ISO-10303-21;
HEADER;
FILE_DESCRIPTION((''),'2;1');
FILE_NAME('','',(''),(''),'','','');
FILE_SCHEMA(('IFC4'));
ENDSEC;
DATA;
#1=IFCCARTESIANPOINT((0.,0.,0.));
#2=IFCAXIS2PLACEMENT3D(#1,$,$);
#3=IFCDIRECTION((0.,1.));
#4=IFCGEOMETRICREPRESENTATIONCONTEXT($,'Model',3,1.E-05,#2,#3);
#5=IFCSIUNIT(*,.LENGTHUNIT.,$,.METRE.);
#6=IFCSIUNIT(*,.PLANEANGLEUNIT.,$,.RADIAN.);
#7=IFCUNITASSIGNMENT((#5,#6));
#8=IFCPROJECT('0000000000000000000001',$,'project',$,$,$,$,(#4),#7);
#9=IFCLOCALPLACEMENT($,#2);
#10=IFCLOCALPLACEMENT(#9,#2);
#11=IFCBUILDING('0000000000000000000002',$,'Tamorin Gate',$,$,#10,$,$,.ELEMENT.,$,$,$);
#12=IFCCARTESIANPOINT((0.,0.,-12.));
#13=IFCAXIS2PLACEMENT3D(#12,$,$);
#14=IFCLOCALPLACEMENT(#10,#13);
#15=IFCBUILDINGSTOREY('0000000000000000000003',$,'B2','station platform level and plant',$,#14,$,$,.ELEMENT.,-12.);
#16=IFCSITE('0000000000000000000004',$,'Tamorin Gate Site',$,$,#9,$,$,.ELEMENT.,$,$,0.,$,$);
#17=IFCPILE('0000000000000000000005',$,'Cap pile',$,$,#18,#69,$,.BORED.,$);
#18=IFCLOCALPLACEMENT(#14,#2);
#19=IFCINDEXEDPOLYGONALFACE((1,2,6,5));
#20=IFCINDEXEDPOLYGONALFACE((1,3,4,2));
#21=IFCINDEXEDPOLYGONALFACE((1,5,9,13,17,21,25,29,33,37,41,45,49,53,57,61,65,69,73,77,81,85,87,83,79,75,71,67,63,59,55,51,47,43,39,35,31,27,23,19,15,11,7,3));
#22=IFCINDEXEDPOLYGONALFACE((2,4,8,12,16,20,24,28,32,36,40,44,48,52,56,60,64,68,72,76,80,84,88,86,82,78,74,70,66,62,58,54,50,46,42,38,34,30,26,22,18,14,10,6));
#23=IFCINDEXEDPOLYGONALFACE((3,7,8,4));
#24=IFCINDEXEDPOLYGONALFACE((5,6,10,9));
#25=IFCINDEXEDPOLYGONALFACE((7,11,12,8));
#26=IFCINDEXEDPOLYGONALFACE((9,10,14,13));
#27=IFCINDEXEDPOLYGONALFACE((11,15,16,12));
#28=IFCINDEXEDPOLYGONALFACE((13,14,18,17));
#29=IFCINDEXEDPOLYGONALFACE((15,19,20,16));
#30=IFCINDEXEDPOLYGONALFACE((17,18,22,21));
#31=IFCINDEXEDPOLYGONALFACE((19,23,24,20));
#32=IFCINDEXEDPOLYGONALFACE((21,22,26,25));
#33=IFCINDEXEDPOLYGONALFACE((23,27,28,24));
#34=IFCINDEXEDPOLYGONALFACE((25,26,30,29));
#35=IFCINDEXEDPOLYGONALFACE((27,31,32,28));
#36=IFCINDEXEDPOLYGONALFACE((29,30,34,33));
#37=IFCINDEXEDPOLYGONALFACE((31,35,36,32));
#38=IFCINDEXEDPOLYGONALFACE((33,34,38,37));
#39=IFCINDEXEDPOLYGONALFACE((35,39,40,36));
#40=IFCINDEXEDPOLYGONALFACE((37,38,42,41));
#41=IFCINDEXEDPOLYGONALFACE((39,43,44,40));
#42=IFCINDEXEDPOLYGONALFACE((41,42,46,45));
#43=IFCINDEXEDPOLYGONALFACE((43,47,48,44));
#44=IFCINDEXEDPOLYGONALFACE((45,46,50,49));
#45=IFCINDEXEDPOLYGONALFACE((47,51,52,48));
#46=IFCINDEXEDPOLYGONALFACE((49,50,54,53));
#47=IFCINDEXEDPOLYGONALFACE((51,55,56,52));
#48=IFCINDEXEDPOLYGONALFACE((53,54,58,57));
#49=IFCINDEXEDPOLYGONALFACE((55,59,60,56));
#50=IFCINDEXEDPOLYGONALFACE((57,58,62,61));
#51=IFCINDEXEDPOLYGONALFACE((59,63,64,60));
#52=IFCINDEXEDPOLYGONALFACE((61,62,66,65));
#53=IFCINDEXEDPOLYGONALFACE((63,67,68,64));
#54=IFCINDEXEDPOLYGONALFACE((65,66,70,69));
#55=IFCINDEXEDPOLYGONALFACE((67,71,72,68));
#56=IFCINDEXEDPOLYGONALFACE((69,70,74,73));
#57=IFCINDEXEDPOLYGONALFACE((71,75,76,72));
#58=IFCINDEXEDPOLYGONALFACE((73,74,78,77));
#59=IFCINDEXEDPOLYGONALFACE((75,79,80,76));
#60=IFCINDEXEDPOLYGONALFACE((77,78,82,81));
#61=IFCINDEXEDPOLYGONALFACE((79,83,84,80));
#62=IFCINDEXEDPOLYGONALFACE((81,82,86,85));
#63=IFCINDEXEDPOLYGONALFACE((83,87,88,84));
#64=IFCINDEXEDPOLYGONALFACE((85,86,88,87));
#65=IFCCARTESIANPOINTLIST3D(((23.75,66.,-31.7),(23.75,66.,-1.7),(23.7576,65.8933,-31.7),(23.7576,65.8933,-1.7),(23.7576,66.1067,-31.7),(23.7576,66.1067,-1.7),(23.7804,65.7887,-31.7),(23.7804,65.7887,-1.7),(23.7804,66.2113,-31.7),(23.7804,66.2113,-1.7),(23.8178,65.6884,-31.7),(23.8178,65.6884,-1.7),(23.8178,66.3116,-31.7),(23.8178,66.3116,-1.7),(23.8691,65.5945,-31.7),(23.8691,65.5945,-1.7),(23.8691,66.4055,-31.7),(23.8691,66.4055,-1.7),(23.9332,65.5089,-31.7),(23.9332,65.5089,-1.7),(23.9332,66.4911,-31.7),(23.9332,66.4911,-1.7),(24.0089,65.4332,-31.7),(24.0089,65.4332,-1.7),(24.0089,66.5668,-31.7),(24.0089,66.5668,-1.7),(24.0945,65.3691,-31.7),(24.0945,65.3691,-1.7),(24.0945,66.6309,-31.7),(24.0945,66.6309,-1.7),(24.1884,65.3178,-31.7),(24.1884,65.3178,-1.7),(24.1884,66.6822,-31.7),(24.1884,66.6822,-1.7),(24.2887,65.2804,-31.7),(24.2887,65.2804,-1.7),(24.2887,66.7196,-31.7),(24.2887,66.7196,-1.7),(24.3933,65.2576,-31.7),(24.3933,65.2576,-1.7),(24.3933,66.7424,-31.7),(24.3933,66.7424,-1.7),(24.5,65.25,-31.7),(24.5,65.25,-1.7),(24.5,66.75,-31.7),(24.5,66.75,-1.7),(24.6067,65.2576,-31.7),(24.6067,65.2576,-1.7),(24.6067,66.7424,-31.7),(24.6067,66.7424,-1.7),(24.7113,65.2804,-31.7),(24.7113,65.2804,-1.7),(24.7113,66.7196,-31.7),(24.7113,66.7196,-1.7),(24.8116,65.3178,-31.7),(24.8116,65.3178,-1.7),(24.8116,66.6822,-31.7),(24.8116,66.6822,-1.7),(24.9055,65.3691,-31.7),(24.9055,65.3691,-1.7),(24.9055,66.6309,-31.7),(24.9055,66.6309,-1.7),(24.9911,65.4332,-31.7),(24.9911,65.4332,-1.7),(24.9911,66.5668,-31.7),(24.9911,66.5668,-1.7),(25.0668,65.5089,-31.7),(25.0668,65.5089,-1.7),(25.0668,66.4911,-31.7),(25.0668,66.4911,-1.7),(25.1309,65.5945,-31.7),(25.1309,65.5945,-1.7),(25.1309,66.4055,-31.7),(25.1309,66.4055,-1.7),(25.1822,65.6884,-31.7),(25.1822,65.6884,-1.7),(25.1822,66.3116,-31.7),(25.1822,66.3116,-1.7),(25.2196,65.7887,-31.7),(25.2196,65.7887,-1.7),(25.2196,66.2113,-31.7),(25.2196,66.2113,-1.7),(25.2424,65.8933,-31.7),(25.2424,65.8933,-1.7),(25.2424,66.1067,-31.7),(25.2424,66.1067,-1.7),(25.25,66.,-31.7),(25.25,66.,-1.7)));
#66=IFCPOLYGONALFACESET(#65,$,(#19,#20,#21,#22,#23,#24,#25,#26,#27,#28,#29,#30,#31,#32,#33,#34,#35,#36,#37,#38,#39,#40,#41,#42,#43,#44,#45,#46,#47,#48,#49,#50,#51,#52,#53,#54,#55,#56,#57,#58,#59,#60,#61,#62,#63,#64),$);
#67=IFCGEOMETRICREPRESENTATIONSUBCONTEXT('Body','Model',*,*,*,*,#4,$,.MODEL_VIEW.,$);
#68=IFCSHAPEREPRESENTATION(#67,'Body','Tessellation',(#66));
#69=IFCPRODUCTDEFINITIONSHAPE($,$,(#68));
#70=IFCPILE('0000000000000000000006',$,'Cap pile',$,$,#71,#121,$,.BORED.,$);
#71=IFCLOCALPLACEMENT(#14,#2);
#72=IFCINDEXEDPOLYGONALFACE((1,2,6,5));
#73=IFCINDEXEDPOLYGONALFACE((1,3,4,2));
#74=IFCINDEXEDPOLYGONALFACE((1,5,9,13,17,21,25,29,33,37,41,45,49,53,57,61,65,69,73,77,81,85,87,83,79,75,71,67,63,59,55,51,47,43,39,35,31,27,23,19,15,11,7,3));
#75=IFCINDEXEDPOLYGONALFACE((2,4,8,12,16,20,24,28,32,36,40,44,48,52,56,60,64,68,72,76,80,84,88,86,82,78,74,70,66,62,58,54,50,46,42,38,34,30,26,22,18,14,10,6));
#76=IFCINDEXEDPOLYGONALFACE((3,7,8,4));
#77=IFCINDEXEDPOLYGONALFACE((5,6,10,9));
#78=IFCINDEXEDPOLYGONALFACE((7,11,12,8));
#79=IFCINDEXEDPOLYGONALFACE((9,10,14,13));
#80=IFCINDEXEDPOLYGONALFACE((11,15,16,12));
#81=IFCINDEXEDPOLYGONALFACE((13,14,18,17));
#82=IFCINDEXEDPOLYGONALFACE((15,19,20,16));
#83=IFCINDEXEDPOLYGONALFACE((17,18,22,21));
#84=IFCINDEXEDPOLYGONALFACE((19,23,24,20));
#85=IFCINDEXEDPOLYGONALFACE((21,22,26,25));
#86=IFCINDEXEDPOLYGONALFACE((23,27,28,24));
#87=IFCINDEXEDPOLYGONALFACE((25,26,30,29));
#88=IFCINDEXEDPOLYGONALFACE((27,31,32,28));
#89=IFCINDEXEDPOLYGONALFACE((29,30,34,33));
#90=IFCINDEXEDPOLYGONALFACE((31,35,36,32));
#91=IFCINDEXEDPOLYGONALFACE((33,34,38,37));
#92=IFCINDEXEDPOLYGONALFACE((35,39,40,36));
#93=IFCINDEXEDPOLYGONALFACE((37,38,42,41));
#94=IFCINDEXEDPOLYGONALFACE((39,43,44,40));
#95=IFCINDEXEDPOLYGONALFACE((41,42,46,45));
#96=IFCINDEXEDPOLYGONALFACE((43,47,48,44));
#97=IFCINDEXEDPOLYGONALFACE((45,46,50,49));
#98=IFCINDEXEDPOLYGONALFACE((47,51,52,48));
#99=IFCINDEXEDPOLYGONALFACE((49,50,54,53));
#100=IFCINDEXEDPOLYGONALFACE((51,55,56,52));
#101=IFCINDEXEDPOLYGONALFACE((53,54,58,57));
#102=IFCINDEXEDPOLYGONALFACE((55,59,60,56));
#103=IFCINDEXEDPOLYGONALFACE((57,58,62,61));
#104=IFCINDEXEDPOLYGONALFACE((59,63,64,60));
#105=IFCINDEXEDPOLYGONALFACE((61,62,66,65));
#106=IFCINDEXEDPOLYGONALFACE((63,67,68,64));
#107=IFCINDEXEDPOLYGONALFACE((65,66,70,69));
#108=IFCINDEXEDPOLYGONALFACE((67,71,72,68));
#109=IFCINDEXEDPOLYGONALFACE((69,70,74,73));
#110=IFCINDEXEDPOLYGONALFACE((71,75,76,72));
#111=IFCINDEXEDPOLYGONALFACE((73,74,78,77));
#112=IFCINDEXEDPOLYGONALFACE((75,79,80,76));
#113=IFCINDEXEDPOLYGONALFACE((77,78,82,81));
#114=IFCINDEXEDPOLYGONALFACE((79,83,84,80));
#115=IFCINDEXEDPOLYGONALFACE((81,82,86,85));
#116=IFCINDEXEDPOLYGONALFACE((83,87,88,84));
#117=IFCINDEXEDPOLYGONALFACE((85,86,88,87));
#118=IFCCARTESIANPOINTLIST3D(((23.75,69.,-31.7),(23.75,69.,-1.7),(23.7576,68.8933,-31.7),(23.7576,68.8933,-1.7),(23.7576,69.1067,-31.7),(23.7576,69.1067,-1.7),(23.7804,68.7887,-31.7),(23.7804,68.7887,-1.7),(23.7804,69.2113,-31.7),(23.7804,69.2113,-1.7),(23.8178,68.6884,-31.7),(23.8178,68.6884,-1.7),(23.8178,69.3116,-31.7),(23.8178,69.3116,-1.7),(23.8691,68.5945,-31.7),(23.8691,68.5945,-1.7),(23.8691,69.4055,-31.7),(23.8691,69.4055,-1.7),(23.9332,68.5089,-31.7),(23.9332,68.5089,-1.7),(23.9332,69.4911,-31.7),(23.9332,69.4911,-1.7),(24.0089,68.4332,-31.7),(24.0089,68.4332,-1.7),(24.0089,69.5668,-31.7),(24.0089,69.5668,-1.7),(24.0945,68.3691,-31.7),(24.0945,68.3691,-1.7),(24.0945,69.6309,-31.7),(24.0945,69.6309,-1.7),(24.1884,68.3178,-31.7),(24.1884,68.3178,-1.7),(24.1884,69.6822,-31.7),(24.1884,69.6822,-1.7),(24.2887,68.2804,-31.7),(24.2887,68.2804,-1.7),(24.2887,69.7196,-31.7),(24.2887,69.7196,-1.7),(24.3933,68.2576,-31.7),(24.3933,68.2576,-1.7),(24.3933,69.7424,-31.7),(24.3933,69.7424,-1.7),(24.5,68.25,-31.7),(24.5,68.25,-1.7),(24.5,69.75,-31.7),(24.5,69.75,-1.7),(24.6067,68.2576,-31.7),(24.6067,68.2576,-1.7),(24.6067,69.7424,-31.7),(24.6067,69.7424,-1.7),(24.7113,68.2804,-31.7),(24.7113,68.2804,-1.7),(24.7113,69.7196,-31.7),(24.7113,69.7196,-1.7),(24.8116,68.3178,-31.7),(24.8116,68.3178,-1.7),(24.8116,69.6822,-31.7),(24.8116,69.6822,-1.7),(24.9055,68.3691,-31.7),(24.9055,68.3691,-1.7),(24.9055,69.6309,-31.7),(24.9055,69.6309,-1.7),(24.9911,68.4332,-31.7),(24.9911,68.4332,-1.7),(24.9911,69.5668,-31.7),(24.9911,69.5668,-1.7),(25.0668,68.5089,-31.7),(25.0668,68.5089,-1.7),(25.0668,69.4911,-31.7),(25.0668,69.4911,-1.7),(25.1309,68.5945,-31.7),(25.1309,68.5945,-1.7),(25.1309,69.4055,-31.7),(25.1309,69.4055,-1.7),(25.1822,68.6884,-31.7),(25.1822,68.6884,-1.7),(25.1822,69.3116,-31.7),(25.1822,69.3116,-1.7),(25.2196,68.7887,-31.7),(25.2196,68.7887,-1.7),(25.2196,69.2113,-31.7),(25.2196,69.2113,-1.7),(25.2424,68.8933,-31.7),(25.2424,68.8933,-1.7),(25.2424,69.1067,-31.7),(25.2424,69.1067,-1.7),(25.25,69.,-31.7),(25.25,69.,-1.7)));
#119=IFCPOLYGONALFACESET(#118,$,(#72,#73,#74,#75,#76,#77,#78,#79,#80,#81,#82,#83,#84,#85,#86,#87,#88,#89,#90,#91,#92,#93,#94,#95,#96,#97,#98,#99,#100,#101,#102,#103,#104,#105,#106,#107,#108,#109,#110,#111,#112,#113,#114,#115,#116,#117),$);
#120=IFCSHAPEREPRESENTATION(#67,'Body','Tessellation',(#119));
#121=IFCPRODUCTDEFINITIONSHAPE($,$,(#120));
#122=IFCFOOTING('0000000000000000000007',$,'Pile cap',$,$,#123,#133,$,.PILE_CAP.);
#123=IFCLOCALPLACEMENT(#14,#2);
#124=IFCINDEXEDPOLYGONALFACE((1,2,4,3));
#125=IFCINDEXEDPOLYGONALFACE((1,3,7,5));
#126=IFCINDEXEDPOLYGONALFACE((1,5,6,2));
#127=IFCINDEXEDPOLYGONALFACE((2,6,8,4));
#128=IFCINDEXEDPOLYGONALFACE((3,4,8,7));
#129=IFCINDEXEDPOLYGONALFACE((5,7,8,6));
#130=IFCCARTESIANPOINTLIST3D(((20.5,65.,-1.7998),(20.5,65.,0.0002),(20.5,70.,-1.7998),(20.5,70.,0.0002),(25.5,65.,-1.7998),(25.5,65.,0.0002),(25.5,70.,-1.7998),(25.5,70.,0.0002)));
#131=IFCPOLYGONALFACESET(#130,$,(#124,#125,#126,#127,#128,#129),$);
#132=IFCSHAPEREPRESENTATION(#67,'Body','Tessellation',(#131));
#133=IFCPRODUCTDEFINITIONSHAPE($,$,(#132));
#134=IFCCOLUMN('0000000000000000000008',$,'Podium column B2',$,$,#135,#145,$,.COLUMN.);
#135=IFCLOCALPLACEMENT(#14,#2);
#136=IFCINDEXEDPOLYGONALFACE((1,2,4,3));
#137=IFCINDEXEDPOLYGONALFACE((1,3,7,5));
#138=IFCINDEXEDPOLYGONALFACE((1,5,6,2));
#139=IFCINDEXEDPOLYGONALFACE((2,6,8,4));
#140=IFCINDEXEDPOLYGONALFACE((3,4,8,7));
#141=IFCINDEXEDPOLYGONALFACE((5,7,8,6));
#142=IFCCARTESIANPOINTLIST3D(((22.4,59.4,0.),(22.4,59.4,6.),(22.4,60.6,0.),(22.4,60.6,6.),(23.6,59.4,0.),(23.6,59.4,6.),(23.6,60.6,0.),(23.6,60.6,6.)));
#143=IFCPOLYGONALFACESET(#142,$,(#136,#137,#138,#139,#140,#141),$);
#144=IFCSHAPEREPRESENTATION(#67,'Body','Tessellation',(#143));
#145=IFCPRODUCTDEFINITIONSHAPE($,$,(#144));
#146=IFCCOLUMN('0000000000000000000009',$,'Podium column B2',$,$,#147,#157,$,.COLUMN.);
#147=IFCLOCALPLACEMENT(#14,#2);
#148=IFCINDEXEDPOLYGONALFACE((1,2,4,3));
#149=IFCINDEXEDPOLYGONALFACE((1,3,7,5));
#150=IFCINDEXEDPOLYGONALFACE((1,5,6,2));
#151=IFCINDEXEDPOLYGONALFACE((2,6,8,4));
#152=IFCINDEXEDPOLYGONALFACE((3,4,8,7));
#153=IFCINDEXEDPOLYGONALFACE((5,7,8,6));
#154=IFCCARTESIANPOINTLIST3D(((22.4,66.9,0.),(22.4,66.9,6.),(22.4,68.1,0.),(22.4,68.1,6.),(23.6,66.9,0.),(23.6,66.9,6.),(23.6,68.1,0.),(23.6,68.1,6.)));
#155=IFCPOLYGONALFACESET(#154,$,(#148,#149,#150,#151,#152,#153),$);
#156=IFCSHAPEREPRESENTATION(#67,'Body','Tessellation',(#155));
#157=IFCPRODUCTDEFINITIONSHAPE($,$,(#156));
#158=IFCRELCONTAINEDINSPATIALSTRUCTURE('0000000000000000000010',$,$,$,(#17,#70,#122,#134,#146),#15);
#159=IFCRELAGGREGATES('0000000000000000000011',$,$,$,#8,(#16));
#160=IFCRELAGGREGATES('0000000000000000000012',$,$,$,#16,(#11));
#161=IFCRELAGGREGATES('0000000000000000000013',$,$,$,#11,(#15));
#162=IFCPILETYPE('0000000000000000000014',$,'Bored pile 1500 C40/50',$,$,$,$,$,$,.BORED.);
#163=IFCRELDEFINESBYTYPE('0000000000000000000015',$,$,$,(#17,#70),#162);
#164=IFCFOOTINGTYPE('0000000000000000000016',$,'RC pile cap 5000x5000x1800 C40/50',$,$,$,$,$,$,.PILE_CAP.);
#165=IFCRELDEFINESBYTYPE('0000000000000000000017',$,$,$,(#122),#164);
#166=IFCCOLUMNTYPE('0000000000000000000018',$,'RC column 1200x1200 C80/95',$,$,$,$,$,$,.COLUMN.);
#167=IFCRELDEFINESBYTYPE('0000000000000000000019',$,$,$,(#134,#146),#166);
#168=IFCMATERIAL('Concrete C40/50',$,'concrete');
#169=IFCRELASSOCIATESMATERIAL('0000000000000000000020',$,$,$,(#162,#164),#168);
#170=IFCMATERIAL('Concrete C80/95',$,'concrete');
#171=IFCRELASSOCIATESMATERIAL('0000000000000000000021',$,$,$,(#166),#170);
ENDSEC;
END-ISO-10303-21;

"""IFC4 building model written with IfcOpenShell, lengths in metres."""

from ifc_helpers import new_model, si_unit, direction, frame, origin, origin_2d, place, context, subcontext, project, spatial, rectangle, circle, extrude, material, material_profile, profile_set, type_object, element, save


model = new_model("IFC4")

# Units and contexts
model_context = context("Model", 3, precision=1e-05, world=origin(), true_north=direction((0.0, 1.0)))
body_context = subcontext(model_context, "Body", "Model", "MODEL_VIEW")
ifc_project = project(units=[si_unit("LENGTHUNIT", "METRE"), si_unit("PLANEANGLEUNIT", "RADIAN")], contexts=[model_context])

# Site, building, storey
site_placement = place(None, origin())
site = spatial("IfcSite", under=ifc_project, at=site_placement, Name="Tamorin Gate Site", CompositionType="ELEMENT", RefElevation=0.0)
building_placement = place(site_placement, origin())
building = spatial("IfcBuilding", under=site, at=building_placement, Name="Tamorin Gate", CompositionType="ELEMENT")
storey_placement = place(building_placement, frame((0.0, 0.0, -12.0)))
storey = spatial("IfcBuildingStorey", under=building, at=storey_placement, Name="B2", Description="station platform level and plant", CompositionType="ELEMENT", Elevation=-12.0)

# Piles
ifc_material_1 = material(Name="Concrete C40/50", Category="concrete")
ifc_material_profile_1 = material_profile(ifc_material_1, circle(Radius=0.75, at=origin_2d()))
ifc_profile_set_1 = profile_set([ifc_material_profile_1], Name="Concrete C40/50")
pile_type = type_object("IfcPileType", Name="Bored pile 1500 C40/50", PredefinedType="BORED", material=ifc_profile_set_1)
for number, where, z_axis, x_axis, name in (
    (1, (24.5, 66.0, -1.7), (0.0, 0.0, -1.0), (1.0, 0.0, 0.0), "Cap pile"),
    (2, (24.5, 69.0, -1.7), (0.0, 0.0, -1.0), (1.0, 0.0, 0.0), "Cap pile"),
):
    element("IfcPile", number, at=place(storey_placement, frame(where, z_axis=z_axis, x_axis=x_axis)), inside=storey, type_object=pile_type, Name=name, PredefinedType="BORED", context=body_context, shape_type="SweptSolid", body=[
        extrude(circle(Radius=0.75, at=origin_2d()), origin(), (0.0, 0.0, 1.0), 30.0),
    ])

# Footing
footing_type = type_object("IfcFootingType", Name="RC pile cap 5000x5000x1800 C40/50", PredefinedType="PILE_CAP", material=ifc_material_1)
footing_placement = place(storey_placement, frame((23.0, 67.5, -1.7998), z_axis=(0.0, 0.0, 1.0), x_axis=(1.0, 0.0, 0.0)))
element("IfcFooting", 3, at=footing_placement, inside=storey, type_object=footing_type, Name="Pile cap", PredefinedType="PILE_CAP", context=body_context, shape_type="SweptSolid", body=[
    extrude(rectangle(XDim=5.0, YDim=5.0, at=origin_2d()), origin(), (0.0, 0.0, 1.0), 1.8),
])

# Columns
ifc_material_2 = material(Name="Concrete C80/95", Category="concrete")
ifc_material_profile_2 = material_profile(ifc_material_2, rectangle(XDim=1.2, YDim=1.2, at=origin_2d()), Name="RC 1200x1200")
ifc_profile_set_2 = profile_set([ifc_material_profile_2], Name="Concrete C80/95")
column_type = type_object("IfcColumnType", Name="RC column 1200x1200 C80/95", PredefinedType="COLUMN", material=ifc_profile_set_2)
for number, where, z_axis, x_axis, name in (
    (4, (23.0, 60.0, 0.0), (0.0, 0.0, 1.0), (1.0, 0.0, 0.0), "Podium column B2"),
    (5, (23.0, 67.5, 0.0), (0.0, 0.0, 1.0), (1.0, 0.0, 0.0), "Podium column B2"),
):
    element("IfcColumn", number, at=place(storey_placement, frame(where, z_axis=z_axis, x_axis=x_axis)), inside=storey, type_object=column_type, Name=name, PredefinedType="COLUMN", context=body_context, shape_type="SweptSolid", body=[
        extrude(rectangle(XDim=1.2, YDim=1.2, at=origin_2d()), origin(), (0.0, 0.0, 1.0), 6.0),
    ])

save(model, "model.ifc")
